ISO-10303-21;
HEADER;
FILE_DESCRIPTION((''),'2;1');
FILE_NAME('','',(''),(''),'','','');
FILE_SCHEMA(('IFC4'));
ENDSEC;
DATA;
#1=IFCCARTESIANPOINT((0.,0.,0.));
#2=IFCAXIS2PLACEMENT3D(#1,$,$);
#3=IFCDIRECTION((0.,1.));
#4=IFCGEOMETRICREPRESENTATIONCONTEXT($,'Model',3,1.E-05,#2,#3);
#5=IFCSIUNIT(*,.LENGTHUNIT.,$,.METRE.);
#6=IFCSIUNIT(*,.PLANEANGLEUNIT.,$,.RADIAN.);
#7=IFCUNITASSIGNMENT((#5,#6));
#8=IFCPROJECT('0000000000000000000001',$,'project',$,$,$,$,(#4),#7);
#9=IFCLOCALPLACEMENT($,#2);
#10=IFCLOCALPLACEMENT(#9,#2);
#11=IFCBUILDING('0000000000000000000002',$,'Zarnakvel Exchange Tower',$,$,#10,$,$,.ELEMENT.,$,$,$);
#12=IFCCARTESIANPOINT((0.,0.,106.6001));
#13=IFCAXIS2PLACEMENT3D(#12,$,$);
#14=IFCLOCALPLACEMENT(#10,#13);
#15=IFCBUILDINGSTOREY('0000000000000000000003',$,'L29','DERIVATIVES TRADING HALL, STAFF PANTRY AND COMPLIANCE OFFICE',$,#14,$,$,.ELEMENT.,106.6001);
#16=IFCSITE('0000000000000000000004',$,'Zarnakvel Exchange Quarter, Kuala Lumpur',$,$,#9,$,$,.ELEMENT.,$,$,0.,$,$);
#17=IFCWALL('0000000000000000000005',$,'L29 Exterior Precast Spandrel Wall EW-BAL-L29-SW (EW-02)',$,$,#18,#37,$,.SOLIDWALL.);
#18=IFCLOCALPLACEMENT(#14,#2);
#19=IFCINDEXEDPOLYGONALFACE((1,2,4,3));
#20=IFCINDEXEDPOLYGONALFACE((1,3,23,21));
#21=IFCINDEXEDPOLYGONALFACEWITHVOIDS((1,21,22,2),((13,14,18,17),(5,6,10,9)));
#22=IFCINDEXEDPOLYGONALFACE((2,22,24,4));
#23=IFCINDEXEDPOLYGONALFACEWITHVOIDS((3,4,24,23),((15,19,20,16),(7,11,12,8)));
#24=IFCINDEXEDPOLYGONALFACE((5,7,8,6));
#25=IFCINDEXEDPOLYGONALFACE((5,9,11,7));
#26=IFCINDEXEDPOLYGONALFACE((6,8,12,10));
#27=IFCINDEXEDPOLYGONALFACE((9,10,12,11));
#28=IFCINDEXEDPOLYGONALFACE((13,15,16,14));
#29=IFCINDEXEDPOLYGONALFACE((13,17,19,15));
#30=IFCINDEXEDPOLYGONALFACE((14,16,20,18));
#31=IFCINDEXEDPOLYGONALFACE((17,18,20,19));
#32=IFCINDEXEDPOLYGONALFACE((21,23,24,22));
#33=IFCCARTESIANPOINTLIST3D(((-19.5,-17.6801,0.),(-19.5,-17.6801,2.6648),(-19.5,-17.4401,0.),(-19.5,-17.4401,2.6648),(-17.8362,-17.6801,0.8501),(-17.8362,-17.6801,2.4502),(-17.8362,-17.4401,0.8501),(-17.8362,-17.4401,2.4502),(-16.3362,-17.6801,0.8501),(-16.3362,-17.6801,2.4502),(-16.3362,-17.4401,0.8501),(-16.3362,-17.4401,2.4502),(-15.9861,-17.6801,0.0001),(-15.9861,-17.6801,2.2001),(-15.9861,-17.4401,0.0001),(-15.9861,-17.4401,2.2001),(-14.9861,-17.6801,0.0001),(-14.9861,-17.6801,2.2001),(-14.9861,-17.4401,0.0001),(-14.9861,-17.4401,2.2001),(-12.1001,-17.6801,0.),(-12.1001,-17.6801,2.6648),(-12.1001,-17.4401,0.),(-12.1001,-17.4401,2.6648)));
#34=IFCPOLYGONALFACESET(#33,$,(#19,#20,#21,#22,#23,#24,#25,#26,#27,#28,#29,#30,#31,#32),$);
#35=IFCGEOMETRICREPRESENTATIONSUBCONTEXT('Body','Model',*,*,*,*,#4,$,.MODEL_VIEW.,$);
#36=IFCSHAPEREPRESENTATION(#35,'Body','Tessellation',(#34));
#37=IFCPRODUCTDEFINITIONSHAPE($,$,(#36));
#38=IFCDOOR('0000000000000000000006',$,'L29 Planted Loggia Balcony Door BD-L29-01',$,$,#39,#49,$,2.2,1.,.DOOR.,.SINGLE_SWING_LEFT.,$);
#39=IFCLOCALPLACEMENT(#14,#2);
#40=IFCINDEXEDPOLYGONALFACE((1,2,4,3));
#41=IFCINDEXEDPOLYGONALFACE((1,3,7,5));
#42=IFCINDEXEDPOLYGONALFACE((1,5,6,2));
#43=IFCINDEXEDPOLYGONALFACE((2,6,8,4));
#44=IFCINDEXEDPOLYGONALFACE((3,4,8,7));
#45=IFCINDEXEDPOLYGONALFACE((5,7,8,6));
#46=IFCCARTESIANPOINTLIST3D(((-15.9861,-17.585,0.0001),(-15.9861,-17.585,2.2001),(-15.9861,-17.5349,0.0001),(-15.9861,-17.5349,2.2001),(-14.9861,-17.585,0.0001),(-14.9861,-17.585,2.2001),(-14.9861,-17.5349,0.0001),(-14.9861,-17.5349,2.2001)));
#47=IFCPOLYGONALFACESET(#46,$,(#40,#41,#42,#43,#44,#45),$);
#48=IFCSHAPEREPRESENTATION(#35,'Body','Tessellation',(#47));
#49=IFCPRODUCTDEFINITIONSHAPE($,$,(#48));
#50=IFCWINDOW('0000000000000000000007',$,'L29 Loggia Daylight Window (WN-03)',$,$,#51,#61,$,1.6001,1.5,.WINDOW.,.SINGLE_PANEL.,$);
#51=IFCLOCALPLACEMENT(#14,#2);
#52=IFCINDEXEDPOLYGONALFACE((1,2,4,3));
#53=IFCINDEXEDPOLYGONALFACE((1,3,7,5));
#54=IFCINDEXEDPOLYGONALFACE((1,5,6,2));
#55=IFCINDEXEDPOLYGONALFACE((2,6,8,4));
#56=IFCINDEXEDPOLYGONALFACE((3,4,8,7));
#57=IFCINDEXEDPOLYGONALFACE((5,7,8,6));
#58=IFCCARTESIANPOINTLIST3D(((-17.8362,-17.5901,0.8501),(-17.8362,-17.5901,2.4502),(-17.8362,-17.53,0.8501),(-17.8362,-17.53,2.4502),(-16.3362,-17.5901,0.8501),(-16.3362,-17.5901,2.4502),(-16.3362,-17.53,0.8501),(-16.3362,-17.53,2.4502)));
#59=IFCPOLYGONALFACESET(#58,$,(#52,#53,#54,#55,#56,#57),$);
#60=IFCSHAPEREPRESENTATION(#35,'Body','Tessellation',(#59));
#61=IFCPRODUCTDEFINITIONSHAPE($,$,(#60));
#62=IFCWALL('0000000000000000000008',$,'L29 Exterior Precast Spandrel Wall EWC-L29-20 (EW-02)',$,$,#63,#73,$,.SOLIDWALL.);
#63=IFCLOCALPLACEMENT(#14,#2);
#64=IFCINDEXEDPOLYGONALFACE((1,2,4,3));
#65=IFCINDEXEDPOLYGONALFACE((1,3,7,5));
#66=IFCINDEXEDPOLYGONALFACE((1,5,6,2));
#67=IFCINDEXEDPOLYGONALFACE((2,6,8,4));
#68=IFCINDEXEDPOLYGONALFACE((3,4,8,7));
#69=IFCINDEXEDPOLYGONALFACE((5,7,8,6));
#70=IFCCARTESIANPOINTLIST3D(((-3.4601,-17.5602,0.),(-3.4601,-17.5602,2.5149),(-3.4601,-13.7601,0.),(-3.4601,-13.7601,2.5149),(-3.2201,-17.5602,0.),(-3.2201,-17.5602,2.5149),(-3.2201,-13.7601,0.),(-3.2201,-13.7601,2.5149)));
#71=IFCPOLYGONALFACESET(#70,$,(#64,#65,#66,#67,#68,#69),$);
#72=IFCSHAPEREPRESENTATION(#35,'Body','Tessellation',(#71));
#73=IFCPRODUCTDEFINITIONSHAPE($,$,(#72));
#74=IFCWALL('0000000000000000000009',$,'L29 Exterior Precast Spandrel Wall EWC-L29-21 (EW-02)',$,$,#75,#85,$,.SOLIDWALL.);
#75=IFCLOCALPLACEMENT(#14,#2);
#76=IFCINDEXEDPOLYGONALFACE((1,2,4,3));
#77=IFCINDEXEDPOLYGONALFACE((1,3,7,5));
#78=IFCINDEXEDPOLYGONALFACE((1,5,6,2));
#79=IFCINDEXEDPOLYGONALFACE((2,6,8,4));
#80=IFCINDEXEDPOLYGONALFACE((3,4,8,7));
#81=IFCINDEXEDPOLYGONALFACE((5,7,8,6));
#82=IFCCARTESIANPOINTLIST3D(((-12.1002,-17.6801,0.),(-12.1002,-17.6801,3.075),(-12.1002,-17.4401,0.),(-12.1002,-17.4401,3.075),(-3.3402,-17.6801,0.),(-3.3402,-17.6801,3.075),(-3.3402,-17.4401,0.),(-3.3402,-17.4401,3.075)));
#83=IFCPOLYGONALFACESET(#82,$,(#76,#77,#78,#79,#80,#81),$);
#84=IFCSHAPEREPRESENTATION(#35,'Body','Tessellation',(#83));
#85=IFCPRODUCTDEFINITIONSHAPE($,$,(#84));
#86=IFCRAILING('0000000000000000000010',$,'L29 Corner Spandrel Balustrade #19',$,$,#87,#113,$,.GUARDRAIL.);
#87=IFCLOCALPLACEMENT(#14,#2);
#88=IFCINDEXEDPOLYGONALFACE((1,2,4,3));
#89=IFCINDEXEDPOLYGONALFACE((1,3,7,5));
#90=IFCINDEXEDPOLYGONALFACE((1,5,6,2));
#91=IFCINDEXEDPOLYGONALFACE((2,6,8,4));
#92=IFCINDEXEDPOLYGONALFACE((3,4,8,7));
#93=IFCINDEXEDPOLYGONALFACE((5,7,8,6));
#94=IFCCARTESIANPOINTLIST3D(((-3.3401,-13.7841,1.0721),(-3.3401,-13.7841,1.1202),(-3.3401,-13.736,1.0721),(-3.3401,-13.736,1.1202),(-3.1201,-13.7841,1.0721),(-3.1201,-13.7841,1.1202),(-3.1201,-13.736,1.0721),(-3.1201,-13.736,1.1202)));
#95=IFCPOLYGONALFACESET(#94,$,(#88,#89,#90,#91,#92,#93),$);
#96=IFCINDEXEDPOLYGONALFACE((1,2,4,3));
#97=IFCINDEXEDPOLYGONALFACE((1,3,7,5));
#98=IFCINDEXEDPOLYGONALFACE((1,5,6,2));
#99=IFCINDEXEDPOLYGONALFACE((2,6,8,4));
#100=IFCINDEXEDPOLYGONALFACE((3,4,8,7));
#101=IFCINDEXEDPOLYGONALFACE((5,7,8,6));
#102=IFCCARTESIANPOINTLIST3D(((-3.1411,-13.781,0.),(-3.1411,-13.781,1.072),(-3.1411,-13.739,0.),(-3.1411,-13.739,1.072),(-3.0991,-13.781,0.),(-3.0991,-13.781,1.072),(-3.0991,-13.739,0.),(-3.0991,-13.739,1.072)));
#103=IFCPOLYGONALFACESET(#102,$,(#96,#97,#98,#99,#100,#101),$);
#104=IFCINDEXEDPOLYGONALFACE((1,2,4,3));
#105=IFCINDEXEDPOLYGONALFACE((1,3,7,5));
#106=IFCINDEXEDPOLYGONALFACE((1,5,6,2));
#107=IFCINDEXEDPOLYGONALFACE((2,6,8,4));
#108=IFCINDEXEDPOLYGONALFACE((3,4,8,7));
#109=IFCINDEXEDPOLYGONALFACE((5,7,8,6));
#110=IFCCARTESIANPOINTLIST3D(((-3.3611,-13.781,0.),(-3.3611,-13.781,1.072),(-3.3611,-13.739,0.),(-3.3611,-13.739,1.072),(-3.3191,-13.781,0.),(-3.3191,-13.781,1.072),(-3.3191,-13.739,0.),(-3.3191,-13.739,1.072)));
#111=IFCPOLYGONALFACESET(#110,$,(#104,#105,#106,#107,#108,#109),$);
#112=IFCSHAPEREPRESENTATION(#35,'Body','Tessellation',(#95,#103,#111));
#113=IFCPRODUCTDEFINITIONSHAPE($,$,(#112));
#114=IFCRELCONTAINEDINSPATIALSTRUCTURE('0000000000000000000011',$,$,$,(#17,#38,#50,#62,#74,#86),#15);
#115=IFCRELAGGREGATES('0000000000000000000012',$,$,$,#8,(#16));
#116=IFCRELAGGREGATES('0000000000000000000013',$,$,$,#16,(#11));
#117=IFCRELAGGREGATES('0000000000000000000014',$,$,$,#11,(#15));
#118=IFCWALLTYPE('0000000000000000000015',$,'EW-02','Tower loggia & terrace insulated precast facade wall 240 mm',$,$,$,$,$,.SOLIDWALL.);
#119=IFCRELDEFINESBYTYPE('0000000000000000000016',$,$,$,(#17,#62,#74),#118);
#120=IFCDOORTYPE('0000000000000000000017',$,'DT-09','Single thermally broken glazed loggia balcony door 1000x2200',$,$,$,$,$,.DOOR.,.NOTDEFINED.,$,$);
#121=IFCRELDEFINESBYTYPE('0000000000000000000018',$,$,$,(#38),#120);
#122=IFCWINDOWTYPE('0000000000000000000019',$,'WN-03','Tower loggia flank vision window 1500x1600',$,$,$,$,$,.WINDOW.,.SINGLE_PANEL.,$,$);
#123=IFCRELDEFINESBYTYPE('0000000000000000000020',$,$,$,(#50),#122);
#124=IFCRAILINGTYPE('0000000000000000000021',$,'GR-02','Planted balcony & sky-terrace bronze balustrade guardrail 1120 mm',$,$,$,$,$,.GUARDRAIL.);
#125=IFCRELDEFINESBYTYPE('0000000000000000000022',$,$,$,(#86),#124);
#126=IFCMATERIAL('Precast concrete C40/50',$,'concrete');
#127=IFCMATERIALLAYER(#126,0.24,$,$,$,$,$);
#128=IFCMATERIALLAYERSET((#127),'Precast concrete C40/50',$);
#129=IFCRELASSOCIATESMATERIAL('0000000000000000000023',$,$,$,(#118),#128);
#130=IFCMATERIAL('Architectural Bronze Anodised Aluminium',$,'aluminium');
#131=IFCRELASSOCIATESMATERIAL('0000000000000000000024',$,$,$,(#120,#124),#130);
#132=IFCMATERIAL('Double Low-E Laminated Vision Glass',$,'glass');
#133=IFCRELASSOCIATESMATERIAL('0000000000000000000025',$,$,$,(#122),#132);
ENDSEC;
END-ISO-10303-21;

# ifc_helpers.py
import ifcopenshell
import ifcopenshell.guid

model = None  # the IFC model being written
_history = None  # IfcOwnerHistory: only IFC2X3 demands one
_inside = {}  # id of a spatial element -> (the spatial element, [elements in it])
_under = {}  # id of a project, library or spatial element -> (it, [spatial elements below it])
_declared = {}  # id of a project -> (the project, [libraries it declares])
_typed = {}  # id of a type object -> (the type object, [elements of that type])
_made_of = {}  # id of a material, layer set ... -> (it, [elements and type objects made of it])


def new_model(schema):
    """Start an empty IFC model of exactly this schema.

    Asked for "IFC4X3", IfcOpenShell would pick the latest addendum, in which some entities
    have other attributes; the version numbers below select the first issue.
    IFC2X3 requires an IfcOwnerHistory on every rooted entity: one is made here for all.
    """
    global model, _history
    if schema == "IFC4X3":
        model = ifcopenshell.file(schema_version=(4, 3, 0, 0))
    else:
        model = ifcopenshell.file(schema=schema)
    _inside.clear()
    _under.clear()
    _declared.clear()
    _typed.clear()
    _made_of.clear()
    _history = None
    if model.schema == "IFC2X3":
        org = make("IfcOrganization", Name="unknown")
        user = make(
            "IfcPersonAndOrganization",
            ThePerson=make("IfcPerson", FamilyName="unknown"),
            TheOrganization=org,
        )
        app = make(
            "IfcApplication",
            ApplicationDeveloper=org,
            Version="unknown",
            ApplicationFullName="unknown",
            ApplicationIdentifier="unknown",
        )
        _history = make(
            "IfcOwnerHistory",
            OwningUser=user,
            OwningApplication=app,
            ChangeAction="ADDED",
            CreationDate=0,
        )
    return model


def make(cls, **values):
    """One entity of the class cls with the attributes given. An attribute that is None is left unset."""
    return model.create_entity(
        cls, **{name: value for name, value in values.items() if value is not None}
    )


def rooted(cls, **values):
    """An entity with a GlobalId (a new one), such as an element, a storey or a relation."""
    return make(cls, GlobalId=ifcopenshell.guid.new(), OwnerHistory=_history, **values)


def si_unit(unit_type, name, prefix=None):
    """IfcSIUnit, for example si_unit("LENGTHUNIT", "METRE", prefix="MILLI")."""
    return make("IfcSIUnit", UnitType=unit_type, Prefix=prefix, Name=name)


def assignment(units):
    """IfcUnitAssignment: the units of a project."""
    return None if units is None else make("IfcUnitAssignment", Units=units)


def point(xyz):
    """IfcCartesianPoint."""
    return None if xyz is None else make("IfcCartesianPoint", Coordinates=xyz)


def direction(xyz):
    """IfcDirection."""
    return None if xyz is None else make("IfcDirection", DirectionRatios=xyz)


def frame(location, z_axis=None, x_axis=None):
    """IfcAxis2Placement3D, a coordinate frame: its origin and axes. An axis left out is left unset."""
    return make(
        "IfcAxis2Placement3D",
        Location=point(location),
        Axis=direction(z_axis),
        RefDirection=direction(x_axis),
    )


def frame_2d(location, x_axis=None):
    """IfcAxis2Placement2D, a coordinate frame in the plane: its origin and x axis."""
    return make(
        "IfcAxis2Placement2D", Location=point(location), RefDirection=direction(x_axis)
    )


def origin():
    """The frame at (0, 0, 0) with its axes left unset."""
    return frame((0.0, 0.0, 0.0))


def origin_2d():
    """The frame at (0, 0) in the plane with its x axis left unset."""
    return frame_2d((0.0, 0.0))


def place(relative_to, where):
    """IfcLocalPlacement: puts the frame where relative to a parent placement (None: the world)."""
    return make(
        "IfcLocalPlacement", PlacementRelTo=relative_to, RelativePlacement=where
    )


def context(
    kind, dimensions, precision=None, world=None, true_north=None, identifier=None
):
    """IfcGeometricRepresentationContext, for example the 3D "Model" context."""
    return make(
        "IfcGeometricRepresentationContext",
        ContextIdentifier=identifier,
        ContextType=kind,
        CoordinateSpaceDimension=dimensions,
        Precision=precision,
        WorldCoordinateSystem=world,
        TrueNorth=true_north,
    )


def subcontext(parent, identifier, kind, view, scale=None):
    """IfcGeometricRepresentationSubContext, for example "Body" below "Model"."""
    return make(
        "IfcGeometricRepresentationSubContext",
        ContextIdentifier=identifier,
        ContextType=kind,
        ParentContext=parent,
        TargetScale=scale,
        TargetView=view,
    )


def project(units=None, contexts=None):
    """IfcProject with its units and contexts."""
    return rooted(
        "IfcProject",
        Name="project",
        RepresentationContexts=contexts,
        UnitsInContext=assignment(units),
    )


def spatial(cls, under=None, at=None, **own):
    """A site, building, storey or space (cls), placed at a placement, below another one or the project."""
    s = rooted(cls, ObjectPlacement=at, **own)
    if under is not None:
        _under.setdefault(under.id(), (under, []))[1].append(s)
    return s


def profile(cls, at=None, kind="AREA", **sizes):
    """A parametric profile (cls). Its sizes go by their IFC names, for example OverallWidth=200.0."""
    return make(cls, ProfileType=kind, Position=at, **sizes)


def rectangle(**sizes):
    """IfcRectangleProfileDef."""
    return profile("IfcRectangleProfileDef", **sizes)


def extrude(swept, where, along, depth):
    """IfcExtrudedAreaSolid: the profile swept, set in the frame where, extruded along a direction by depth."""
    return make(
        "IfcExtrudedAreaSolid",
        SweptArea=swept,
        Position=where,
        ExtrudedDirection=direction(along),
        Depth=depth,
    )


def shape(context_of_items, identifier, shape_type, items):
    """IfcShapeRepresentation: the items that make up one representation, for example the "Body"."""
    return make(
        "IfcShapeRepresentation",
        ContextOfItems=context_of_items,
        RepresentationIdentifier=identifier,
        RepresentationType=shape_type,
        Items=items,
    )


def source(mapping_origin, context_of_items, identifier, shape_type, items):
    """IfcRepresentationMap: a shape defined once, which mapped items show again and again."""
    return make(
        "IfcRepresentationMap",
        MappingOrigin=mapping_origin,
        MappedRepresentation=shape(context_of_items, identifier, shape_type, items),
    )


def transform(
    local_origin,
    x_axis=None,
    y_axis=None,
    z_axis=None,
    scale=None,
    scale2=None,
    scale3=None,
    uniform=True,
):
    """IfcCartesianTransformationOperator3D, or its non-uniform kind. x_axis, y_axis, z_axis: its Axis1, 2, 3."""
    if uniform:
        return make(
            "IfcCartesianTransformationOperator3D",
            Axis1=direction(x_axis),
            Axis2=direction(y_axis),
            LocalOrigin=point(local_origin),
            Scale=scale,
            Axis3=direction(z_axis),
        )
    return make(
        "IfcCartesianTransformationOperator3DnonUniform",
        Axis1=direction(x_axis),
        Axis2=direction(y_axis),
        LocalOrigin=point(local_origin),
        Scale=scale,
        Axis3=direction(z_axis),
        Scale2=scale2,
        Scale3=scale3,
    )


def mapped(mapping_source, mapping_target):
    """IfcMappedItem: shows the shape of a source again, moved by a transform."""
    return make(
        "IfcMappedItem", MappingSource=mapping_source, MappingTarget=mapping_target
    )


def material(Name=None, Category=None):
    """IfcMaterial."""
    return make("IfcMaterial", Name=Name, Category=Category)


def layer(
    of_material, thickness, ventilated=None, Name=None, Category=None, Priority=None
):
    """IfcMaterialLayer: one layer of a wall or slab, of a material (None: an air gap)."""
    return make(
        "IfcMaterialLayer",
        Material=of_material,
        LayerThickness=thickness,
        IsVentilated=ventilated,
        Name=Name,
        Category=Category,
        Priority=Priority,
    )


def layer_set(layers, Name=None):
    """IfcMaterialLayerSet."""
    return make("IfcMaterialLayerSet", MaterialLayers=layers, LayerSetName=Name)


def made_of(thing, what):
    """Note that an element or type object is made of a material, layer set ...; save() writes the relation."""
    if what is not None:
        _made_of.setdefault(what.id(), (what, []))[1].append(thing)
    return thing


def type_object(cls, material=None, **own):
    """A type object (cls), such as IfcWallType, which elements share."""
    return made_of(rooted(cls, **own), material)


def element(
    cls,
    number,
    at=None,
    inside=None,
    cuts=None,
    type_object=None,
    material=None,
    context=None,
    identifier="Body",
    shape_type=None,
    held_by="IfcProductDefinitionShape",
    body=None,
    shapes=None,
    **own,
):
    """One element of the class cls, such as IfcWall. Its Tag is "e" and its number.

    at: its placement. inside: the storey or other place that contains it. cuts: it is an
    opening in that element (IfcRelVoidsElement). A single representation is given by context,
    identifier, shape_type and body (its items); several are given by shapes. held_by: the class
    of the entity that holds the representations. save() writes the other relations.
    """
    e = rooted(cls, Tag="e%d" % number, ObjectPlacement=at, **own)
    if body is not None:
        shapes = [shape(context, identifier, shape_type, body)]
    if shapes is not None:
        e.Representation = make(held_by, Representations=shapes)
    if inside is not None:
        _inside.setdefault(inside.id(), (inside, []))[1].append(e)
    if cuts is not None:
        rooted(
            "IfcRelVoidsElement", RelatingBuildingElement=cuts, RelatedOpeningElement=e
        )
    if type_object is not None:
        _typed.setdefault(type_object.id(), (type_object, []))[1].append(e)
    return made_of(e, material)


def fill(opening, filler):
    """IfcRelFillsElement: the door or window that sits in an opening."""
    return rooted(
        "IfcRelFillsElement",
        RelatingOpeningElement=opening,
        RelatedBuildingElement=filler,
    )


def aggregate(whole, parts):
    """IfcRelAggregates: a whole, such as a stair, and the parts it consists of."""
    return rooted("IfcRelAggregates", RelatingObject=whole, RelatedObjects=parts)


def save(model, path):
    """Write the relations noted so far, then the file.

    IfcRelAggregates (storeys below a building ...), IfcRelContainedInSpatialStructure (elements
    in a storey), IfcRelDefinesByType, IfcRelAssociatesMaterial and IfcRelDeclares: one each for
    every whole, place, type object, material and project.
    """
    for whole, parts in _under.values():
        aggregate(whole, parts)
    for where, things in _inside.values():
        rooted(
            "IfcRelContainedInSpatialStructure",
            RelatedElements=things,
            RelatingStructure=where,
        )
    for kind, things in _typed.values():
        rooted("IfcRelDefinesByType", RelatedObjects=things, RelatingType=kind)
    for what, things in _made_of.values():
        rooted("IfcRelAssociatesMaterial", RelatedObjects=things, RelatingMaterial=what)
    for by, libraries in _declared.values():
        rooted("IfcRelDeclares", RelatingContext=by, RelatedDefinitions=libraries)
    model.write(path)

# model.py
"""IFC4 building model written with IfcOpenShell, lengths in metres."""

from ifc_helpers import new_model, si_unit, direction, frame, frame_2d, origin, origin_2d, place, context, subcontext, project, spatial, rectangle, extrude, source, transform, mapped, material, layer, layer_set, type_object, element, fill, save


model = new_model("IFC4")

# Units and contexts
model_context = context("Model", 3, precision=1e-05, world=origin(), true_north=direction((0.0, 1.0)))
body_context = subcontext(model_context, "Body", "Model", "MODEL_VIEW")
ifc_project = project(units=[si_unit("LENGTHUNIT", "METRE"), si_unit("PLANEANGLEUNIT", "RADIAN")], contexts=[model_context])

# Site, building, storey
site_placement = place(None, origin())
site = spatial("IfcSite", under=ifc_project, at=site_placement, Name="Zarnakvel Exchange Quarter, Kuala Lumpur", CompositionType="ELEMENT", RefElevation=0.0)
building_placement = place(site_placement, origin())
building = spatial("IfcBuilding", under=site, at=building_placement, Name="Zarnakvel Exchange Tower", CompositionType="ELEMENT")
storey_placement = place(building_placement, frame((0.0, 0.0, 106.6001)))
storey = spatial("IfcBuildingStorey", under=building, at=storey_placement, Name="L29", Description="DERIVATIVES TRADING HALL, STAFF PANTRY AND COMPLIANCE OFFICE", CompositionType="ELEMENT", Elevation=106.6001)

# Shared definitions
ifc_material_1 = material(Name="Architectural Bronze Anodised Aluminium", Category="aluminium")

# Shared definitions
ifc_material_2 = material(Name="Double Low-E Laminated Vision Glass", Category="glass")

# Wall, openings, door, window
ifc_material_3 = material(Name="Precast concrete C40/50", Category="concrete")
ifc_layer_1 = layer(ifc_material_3, 0.24)
ifc_layer_set_1 = layer_set([ifc_layer_1], Name="Precast concrete C40/50")
wall_type = type_object("IfcWallType", Name="EW-02", Description="Tower loggia & terrace insulated precast facade wall 240 mm", PredefinedType="SOLIDWALL", material=ifc_layer_set_1)
wall_1_placement = place(storey_placement, frame((-12.1001, -17.5601, 0.0), z_axis=(0.0, 0.0, 1.0), x_axis=(-1.0, 0.0, 0.0)))
wall_1 = element("IfcWall", 1, at=wall_1_placement, inside=storey, type_object=wall_type, Name="L29 Exterior Precast Spandrel Wall EW-BAL-L29-SW (EW-02)", PredefinedType="SOLIDWALL", context=body_context, shape_type="SweptSolid", body=[
    extrude(rectangle(XDim=7.3999, YDim=0.24, at=frame_2d((3.7, 0.0))), origin(), (0.0, 0.0, 1.0), 2.6648),
])
opening_1_placement = place(wall_1_placement, frame((2.886, 0.0, 0.0)))
opening_1 = element("IfcOpeningElement", 2, at=opening_1_placement, cuts=wall_1, PredefinedType="OPENING", context=body_context, shape_type="SweptSolid", body=[
    extrude(rectangle(XDim=1.0, YDim=2.2, at=frame_2d((0.5, 1.1001))), frame((0.0, 0.1299, 0.0), z_axis=(0.0, -1.0, 0.0), x_axis=(1.0, 0.0, 0.0)), (0.0, 0.0, 1.0), 0.26),
])
opening_2_placement = place(wall_1_placement, frame((4.2361, 0.0, 0.8501)))
opening_2 = element("IfcOpeningElement", 3, at=opening_2_placement, cuts=wall_1, PredefinedType="OPENING", context=body_context, shape_type="SweptSolid", body=[
    extrude(rectangle(XDim=1.5, YDim=1.6001, at=frame_2d((0.75, 0.8))), frame((0.0, 0.1299, 0.0), z_axis=(0.0, -1.0, 0.0), x_axis=(1.0, 0.0, 0.0)), (0.0, 0.0, 1.0), 0.26),
])
door_type = type_object("IfcDoorType", Name="DT-09", Description="Single thermally broken glazed loggia balcony door 1000x2200", OperationType="NOTDEFINED", PredefinedType="DOOR", material=ifc_material_1)
shared_shape_1 = source(origin(), body_context, "Body", "SweptSolid", [
    extrude(rectangle(XDim=1.0, YDim=2.2, at=frame_2d((0.5, 1.1001))), frame((0.0, 0.0249, 0.0), z_axis=(0.0, -1.0, 0.0), x_axis=(1.0, 0.0, 0.0)), (0.0, 0.0, 1.0), 0.05),
])
door_placement = place(opening_1_placement, origin())
door = element("IfcDoor", 4, at=door_placement, inside=storey, type_object=door_type, Name="L29 Planted Loggia Balcony Door BD-L29-01", OperationType="SINGLE_SWING_LEFT", OverallHeight=2.2, OverallWidth=1.0, PredefinedType="DOOR", context=body_context, shape_type="MappedRepresentation", body=[
    mapped(shared_shape_1, transform((0.0, 0.0, 0.0), x_axis=(1.0, 0.0, 0.0), y_axis=(0.0, 1.0, 0.0), z_axis=(0.0, 0.0, 1.0), scale=1.0)),
])
fill(opening_1, door)
window_type = type_object("IfcWindowType", Name="WN-03", Description="Tower loggia flank vision window 1500x1600", PartitioningType="SINGLE_PANEL", PredefinedType="WINDOW", material=ifc_material_2)
shared_shape_2 = source(origin(), body_context, "Body", "SweptSolid", [
    extrude(rectangle(XDim=1.5, YDim=1.6001, at=frame_2d((0.75, 0.8))), frame((0.0, 0.03, 0.0), z_axis=(0.0, -1.0, 0.0), x_axis=(1.0, 0.0, 0.0)), (0.0, 0.0, 1.0), 0.0601),
])
window_placement = place(opening_2_placement, origin())
window = element("IfcWindow", 5, at=window_placement, inside=storey, type_object=window_type, Name="L29 Loggia Daylight Window (WN-03)", OverallHeight=1.6001, OverallWidth=1.5, PartitioningType="SINGLE_PANEL", PredefinedType="WINDOW", context=body_context, shape_type="MappedRepresentation", body=[
    mapped(shared_shape_2, transform((0.0, 0.0, 0.0), x_axis=(1.0, 0.0, 0.0), y_axis=(0.0, 1.0, 0.0), z_axis=(0.0, 0.0, 1.0), scale=1.0)),
])
fill(opening_2, window)

# Walls
wall_2_placement = place(storey_placement, frame((-3.3401, -17.5601, 0.0), z_axis=(0.0, 0.0, 1.0), x_axis=(0.0, 1.0, 0.0)))
element("IfcWall", 6, at=wall_2_placement, inside=storey, type_object=wall_type, Name="L29 Exterior Precast Spandrel Wall EWC-L29-20 (EW-02)", PredefinedType="SOLIDWALL", context=body_context, shape_type="SweptSolid", body=[
    extrude(rectangle(XDim=3.8, YDim=0.24, at=frame_2d((1.8999, 0.0))), origin(), (0.0, 0.0, 1.0), 2.5149),
])
wall_3_placement = place(storey_placement, frame((-12.1001, -17.5601, 0.0), z_axis=(0.0, 0.0, 1.0), x_axis=(1.0, 0.0, 0.0)))
element("IfcWall", 7, at=wall_3_placement, inside=storey, type_object=wall_type, Name="L29 Exterior Precast Spandrel Wall EWC-L29-21 (EW-02)", PredefinedType="SOLIDWALL", context=body_context, shape_type="SweptSolid", body=[
    extrude(rectangle(XDim=8.76, YDim=0.24, at=frame_2d((4.3799, 0.0))), origin(), (0.0, 0.0, 1.0), 3.075),
])

# Railing
railing_type = type_object("IfcRailingType", Name="GR-02", Description="Planted balcony & sky-terrace bronze balustrade guardrail 1120 mm", PredefinedType="GUARDRAIL", material=ifc_material_1)
railing_placement = place(storey_placement, frame((-3.1201, -13.76, 0.0)))
element("IfcRailing", 8, at=railing_placement, inside=storey, type_object=railing_type, Name="L29 Corner Spandrel Balustrade #19", PredefinedType="GUARDRAIL", context=body_context, shape_type="SweptSolid", body=[
    extrude(rectangle(XDim=0.0481, YDim=0.0481, at=origin_2d()), frame((0.0, 0.0, 1.0962), z_axis=(-1.0, 0.0, 0.0), x_axis=(0.0, -1.0, 0.0)), (0.0, 0.0, 1.0), 0.22),
    extrude(rectangle(XDim=0.042, YDim=0.042, at=origin_2d()), origin(), (0.0, 0.0, 1.0), 1.072),
    extrude(rectangle(XDim=0.042, YDim=0.042, at=origin_2d()), frame((-0.22, 0.0, 0.0)), (0.0, 0.0, 1.0), 1.072),
])

save(model, "model.ifc")
